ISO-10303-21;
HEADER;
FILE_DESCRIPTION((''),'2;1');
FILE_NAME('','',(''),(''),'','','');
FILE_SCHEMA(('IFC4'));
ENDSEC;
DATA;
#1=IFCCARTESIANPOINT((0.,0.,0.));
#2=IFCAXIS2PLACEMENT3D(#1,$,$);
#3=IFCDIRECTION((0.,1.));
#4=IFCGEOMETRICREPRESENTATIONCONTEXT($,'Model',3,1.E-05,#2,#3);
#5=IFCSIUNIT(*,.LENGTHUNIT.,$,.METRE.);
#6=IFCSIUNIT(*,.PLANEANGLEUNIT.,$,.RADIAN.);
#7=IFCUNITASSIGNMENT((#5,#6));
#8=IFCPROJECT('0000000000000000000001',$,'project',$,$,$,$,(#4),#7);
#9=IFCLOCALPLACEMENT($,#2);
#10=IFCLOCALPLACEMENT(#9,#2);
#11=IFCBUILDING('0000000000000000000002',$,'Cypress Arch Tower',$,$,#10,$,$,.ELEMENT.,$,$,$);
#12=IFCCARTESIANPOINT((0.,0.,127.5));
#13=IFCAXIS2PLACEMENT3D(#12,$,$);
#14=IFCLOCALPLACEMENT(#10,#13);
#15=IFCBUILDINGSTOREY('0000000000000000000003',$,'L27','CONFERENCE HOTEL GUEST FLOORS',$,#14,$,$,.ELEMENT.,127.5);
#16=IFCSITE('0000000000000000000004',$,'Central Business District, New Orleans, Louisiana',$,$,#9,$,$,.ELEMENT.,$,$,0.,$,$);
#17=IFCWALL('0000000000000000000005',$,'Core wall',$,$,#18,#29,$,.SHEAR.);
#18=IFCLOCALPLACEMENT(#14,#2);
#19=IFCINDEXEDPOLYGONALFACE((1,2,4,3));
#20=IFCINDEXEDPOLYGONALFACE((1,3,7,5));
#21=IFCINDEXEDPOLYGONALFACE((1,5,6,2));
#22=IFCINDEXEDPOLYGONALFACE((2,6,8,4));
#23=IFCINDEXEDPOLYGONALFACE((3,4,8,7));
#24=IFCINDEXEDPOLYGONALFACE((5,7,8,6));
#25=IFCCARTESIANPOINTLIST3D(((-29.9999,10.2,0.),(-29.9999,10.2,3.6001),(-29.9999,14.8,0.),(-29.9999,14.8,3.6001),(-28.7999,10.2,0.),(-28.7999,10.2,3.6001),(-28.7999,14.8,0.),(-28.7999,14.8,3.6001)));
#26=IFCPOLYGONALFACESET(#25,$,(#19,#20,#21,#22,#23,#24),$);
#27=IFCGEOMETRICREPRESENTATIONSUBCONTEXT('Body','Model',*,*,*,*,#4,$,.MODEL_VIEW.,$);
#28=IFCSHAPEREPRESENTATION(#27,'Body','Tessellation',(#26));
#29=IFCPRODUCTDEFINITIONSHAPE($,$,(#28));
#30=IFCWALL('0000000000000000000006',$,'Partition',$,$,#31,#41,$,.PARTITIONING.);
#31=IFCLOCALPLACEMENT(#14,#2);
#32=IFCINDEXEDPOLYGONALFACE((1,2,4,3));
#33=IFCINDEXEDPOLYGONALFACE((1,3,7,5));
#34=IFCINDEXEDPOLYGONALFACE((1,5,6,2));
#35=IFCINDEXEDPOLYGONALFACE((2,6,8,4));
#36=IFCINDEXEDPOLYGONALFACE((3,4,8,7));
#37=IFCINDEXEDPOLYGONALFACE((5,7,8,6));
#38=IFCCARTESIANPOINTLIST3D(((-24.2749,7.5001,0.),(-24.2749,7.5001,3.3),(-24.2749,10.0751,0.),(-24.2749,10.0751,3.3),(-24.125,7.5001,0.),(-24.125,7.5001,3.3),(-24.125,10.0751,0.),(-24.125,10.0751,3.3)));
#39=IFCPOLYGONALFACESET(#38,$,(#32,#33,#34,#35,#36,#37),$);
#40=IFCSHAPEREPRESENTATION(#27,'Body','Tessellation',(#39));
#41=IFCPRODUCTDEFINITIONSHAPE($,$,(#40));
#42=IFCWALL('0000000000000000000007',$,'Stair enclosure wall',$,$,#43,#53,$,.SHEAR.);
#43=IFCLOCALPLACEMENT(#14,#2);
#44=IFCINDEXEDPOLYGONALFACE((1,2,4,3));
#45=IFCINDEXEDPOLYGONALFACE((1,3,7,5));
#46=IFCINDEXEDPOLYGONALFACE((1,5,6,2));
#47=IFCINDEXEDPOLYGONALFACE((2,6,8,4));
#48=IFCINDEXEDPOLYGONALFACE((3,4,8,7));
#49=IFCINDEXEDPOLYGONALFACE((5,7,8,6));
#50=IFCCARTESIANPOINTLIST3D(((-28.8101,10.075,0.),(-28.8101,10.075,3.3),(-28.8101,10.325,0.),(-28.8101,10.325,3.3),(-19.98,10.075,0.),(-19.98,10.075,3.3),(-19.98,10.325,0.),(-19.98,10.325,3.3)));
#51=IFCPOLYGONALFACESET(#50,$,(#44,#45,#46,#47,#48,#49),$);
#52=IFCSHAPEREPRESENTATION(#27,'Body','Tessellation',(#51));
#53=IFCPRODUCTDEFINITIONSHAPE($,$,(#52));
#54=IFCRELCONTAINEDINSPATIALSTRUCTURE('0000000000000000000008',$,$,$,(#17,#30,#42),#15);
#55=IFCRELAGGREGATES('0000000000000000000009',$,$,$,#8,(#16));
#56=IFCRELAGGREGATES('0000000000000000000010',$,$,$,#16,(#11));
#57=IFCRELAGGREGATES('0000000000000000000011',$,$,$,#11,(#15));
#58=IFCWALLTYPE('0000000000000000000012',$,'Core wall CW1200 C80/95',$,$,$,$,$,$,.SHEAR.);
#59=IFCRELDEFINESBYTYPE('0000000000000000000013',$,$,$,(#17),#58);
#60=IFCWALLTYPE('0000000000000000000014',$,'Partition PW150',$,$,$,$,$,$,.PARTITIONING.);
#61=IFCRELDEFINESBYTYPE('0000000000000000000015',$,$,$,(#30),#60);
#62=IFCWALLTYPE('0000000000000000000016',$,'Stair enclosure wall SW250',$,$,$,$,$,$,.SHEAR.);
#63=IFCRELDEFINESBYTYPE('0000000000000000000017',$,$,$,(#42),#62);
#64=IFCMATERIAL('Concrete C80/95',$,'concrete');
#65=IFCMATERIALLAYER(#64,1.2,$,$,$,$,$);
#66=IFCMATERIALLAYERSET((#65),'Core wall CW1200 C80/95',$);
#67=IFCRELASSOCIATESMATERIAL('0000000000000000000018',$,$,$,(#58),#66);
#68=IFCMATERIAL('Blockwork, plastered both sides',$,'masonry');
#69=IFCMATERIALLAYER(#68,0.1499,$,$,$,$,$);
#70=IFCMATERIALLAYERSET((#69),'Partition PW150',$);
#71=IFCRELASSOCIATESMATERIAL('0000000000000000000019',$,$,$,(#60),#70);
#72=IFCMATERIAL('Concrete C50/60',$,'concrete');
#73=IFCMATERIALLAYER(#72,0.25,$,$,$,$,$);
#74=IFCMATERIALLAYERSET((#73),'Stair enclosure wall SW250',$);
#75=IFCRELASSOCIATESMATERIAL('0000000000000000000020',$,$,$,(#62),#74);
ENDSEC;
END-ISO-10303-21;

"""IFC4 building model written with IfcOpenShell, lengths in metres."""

from ifc_helpers import new_model, si_unit, direction, frame, frame_2d, origin, place, context, subcontext, project, spatial, rectangle, extrude, material, layer, layer_set, type_object, element, save


model = new_model("IFC4")

# Units and contexts
model_context = context("Model", 3, precision=1e-05, world=origin(), true_north=direction((0.0, 1.0)))
body_context = subcontext(model_context, "Body", "Model", "MODEL_VIEW")
ifc_project = project(units=[si_unit("LENGTHUNIT", "METRE"), si_unit("PLANEANGLEUNIT", "RADIAN")], contexts=[model_context])

# Site, building, storey
site_placement = place(None, origin())
site = spatial("IfcSite", under=ifc_project, at=site_placement, Name="Central Business District, New Orleans, Louisiana", CompositionType="ELEMENT", RefElevation=0.0)
building_placement = place(site_placement, origin())
building = spatial("IfcBuilding", under=site, at=building_placement, Name="Cypress Arch Tower", CompositionType="ELEMENT")
storey_placement = place(building_placement, frame((0.0, 0.0, 127.5)))
storey = spatial("IfcBuildingStorey", under=building, at=storey_placement, Name="L27", Description="CONFERENCE HOTEL GUEST FLOORS", CompositionType="ELEMENT", Elevation=127.5)

# Shared definitions
ifc_material_1 = material(Name="Concrete C80/95", Category="concrete")
ifc_layer_1 = layer(ifc_material_1, 1.2)
ifc_layer_set_1 = layer_set([ifc_layer_1], Name="Core wall CW1200 C80/95")
wall_type_1 = type_object("IfcWallType", Name="Core wall CW1200 C80/95", PredefinedType="SHEAR", material=ifc_layer_set_1)

# Wall
wall_1_placement = place(storey_placement, frame((-29.3999, 10.2, 0.0), z_axis=(0.0, 0.0, 1.0), x_axis=(0.0, 1.0, 0.0)))
element("IfcWall", 1, at=wall_1_placement, inside=storey, type_object=wall_type_1, Name="Core wall", PredefinedType="SHEAR", context=body_context, shape_type="SweptSolid", body=[
    extrude(rectangle(XDim=4.6001, YDim=1.2, at=frame_2d((2.3, 0.0))), origin(), (0.0, 0.0, 1.0), 3.6001),
])

# Walls
ifc_material_2 = material(Name="Blockwork, plastered both sides", Category="masonry")
ifc_layer_2 = layer(ifc_material_2, 0.1499)
ifc_layer_set_2 = layer_set([ifc_layer_2], Name="Partition PW150")
wall_type_2 = type_object("IfcWallType", Name="Partition PW150", PredefinedType="PARTITIONING", material=ifc_layer_set_2)
wall_2_placement = place(storey_placement, frame((-24.2, 7.5, 0.0), z_axis=(0.0, 0.0, 1.0), x_axis=(0.0, 1.0, 0.0)))
element("IfcWall", 2, at=wall_2_placement, inside=storey, type_object=wall_type_2, Name="Partition", PredefinedType="PARTITIONING", context=body_context, shape_type="SweptSolid", body=[
    extrude(rectangle(XDim=2.575, YDim=0.1499, at=frame_2d((1.2876, 0.0))), origin(), (0.0, 0.0, 1.0), 3.3),
])
ifc_material_3 = material(Name="Concrete C50/60", Category="concrete")
ifc_layer_3 = layer(ifc_material_3, 0.25)
ifc_layer_set_3 = layer_set([ifc_layer_3], Name="Stair enclosure wall SW250")
wall_type_3 = type_object("IfcWallType", Name="Stair enclosure wall SW250", PredefinedType="SHEAR", material=ifc_layer_set_3)
wall_3_placement = place(storey_placement, frame((-28.8101, 10.2, 0.0), z_axis=(0.0, 0.0, 1.0), x_axis=(1.0, 0.0, 0.0)))
element("IfcWall", 3, at=wall_3_placement, inside=storey, type_object=wall_type_3, Name="Stair enclosure wall", PredefinedType="SHEAR", context=body_context, shape_type="SweptSolid", body=[
    extrude(rectangle(XDim=8.8301, YDim=0.25, at=frame_2d((4.415, 0.0))), origin(), (0.0, 0.0, 1.0), 3.3),
])

save(model, "model.ifc")
